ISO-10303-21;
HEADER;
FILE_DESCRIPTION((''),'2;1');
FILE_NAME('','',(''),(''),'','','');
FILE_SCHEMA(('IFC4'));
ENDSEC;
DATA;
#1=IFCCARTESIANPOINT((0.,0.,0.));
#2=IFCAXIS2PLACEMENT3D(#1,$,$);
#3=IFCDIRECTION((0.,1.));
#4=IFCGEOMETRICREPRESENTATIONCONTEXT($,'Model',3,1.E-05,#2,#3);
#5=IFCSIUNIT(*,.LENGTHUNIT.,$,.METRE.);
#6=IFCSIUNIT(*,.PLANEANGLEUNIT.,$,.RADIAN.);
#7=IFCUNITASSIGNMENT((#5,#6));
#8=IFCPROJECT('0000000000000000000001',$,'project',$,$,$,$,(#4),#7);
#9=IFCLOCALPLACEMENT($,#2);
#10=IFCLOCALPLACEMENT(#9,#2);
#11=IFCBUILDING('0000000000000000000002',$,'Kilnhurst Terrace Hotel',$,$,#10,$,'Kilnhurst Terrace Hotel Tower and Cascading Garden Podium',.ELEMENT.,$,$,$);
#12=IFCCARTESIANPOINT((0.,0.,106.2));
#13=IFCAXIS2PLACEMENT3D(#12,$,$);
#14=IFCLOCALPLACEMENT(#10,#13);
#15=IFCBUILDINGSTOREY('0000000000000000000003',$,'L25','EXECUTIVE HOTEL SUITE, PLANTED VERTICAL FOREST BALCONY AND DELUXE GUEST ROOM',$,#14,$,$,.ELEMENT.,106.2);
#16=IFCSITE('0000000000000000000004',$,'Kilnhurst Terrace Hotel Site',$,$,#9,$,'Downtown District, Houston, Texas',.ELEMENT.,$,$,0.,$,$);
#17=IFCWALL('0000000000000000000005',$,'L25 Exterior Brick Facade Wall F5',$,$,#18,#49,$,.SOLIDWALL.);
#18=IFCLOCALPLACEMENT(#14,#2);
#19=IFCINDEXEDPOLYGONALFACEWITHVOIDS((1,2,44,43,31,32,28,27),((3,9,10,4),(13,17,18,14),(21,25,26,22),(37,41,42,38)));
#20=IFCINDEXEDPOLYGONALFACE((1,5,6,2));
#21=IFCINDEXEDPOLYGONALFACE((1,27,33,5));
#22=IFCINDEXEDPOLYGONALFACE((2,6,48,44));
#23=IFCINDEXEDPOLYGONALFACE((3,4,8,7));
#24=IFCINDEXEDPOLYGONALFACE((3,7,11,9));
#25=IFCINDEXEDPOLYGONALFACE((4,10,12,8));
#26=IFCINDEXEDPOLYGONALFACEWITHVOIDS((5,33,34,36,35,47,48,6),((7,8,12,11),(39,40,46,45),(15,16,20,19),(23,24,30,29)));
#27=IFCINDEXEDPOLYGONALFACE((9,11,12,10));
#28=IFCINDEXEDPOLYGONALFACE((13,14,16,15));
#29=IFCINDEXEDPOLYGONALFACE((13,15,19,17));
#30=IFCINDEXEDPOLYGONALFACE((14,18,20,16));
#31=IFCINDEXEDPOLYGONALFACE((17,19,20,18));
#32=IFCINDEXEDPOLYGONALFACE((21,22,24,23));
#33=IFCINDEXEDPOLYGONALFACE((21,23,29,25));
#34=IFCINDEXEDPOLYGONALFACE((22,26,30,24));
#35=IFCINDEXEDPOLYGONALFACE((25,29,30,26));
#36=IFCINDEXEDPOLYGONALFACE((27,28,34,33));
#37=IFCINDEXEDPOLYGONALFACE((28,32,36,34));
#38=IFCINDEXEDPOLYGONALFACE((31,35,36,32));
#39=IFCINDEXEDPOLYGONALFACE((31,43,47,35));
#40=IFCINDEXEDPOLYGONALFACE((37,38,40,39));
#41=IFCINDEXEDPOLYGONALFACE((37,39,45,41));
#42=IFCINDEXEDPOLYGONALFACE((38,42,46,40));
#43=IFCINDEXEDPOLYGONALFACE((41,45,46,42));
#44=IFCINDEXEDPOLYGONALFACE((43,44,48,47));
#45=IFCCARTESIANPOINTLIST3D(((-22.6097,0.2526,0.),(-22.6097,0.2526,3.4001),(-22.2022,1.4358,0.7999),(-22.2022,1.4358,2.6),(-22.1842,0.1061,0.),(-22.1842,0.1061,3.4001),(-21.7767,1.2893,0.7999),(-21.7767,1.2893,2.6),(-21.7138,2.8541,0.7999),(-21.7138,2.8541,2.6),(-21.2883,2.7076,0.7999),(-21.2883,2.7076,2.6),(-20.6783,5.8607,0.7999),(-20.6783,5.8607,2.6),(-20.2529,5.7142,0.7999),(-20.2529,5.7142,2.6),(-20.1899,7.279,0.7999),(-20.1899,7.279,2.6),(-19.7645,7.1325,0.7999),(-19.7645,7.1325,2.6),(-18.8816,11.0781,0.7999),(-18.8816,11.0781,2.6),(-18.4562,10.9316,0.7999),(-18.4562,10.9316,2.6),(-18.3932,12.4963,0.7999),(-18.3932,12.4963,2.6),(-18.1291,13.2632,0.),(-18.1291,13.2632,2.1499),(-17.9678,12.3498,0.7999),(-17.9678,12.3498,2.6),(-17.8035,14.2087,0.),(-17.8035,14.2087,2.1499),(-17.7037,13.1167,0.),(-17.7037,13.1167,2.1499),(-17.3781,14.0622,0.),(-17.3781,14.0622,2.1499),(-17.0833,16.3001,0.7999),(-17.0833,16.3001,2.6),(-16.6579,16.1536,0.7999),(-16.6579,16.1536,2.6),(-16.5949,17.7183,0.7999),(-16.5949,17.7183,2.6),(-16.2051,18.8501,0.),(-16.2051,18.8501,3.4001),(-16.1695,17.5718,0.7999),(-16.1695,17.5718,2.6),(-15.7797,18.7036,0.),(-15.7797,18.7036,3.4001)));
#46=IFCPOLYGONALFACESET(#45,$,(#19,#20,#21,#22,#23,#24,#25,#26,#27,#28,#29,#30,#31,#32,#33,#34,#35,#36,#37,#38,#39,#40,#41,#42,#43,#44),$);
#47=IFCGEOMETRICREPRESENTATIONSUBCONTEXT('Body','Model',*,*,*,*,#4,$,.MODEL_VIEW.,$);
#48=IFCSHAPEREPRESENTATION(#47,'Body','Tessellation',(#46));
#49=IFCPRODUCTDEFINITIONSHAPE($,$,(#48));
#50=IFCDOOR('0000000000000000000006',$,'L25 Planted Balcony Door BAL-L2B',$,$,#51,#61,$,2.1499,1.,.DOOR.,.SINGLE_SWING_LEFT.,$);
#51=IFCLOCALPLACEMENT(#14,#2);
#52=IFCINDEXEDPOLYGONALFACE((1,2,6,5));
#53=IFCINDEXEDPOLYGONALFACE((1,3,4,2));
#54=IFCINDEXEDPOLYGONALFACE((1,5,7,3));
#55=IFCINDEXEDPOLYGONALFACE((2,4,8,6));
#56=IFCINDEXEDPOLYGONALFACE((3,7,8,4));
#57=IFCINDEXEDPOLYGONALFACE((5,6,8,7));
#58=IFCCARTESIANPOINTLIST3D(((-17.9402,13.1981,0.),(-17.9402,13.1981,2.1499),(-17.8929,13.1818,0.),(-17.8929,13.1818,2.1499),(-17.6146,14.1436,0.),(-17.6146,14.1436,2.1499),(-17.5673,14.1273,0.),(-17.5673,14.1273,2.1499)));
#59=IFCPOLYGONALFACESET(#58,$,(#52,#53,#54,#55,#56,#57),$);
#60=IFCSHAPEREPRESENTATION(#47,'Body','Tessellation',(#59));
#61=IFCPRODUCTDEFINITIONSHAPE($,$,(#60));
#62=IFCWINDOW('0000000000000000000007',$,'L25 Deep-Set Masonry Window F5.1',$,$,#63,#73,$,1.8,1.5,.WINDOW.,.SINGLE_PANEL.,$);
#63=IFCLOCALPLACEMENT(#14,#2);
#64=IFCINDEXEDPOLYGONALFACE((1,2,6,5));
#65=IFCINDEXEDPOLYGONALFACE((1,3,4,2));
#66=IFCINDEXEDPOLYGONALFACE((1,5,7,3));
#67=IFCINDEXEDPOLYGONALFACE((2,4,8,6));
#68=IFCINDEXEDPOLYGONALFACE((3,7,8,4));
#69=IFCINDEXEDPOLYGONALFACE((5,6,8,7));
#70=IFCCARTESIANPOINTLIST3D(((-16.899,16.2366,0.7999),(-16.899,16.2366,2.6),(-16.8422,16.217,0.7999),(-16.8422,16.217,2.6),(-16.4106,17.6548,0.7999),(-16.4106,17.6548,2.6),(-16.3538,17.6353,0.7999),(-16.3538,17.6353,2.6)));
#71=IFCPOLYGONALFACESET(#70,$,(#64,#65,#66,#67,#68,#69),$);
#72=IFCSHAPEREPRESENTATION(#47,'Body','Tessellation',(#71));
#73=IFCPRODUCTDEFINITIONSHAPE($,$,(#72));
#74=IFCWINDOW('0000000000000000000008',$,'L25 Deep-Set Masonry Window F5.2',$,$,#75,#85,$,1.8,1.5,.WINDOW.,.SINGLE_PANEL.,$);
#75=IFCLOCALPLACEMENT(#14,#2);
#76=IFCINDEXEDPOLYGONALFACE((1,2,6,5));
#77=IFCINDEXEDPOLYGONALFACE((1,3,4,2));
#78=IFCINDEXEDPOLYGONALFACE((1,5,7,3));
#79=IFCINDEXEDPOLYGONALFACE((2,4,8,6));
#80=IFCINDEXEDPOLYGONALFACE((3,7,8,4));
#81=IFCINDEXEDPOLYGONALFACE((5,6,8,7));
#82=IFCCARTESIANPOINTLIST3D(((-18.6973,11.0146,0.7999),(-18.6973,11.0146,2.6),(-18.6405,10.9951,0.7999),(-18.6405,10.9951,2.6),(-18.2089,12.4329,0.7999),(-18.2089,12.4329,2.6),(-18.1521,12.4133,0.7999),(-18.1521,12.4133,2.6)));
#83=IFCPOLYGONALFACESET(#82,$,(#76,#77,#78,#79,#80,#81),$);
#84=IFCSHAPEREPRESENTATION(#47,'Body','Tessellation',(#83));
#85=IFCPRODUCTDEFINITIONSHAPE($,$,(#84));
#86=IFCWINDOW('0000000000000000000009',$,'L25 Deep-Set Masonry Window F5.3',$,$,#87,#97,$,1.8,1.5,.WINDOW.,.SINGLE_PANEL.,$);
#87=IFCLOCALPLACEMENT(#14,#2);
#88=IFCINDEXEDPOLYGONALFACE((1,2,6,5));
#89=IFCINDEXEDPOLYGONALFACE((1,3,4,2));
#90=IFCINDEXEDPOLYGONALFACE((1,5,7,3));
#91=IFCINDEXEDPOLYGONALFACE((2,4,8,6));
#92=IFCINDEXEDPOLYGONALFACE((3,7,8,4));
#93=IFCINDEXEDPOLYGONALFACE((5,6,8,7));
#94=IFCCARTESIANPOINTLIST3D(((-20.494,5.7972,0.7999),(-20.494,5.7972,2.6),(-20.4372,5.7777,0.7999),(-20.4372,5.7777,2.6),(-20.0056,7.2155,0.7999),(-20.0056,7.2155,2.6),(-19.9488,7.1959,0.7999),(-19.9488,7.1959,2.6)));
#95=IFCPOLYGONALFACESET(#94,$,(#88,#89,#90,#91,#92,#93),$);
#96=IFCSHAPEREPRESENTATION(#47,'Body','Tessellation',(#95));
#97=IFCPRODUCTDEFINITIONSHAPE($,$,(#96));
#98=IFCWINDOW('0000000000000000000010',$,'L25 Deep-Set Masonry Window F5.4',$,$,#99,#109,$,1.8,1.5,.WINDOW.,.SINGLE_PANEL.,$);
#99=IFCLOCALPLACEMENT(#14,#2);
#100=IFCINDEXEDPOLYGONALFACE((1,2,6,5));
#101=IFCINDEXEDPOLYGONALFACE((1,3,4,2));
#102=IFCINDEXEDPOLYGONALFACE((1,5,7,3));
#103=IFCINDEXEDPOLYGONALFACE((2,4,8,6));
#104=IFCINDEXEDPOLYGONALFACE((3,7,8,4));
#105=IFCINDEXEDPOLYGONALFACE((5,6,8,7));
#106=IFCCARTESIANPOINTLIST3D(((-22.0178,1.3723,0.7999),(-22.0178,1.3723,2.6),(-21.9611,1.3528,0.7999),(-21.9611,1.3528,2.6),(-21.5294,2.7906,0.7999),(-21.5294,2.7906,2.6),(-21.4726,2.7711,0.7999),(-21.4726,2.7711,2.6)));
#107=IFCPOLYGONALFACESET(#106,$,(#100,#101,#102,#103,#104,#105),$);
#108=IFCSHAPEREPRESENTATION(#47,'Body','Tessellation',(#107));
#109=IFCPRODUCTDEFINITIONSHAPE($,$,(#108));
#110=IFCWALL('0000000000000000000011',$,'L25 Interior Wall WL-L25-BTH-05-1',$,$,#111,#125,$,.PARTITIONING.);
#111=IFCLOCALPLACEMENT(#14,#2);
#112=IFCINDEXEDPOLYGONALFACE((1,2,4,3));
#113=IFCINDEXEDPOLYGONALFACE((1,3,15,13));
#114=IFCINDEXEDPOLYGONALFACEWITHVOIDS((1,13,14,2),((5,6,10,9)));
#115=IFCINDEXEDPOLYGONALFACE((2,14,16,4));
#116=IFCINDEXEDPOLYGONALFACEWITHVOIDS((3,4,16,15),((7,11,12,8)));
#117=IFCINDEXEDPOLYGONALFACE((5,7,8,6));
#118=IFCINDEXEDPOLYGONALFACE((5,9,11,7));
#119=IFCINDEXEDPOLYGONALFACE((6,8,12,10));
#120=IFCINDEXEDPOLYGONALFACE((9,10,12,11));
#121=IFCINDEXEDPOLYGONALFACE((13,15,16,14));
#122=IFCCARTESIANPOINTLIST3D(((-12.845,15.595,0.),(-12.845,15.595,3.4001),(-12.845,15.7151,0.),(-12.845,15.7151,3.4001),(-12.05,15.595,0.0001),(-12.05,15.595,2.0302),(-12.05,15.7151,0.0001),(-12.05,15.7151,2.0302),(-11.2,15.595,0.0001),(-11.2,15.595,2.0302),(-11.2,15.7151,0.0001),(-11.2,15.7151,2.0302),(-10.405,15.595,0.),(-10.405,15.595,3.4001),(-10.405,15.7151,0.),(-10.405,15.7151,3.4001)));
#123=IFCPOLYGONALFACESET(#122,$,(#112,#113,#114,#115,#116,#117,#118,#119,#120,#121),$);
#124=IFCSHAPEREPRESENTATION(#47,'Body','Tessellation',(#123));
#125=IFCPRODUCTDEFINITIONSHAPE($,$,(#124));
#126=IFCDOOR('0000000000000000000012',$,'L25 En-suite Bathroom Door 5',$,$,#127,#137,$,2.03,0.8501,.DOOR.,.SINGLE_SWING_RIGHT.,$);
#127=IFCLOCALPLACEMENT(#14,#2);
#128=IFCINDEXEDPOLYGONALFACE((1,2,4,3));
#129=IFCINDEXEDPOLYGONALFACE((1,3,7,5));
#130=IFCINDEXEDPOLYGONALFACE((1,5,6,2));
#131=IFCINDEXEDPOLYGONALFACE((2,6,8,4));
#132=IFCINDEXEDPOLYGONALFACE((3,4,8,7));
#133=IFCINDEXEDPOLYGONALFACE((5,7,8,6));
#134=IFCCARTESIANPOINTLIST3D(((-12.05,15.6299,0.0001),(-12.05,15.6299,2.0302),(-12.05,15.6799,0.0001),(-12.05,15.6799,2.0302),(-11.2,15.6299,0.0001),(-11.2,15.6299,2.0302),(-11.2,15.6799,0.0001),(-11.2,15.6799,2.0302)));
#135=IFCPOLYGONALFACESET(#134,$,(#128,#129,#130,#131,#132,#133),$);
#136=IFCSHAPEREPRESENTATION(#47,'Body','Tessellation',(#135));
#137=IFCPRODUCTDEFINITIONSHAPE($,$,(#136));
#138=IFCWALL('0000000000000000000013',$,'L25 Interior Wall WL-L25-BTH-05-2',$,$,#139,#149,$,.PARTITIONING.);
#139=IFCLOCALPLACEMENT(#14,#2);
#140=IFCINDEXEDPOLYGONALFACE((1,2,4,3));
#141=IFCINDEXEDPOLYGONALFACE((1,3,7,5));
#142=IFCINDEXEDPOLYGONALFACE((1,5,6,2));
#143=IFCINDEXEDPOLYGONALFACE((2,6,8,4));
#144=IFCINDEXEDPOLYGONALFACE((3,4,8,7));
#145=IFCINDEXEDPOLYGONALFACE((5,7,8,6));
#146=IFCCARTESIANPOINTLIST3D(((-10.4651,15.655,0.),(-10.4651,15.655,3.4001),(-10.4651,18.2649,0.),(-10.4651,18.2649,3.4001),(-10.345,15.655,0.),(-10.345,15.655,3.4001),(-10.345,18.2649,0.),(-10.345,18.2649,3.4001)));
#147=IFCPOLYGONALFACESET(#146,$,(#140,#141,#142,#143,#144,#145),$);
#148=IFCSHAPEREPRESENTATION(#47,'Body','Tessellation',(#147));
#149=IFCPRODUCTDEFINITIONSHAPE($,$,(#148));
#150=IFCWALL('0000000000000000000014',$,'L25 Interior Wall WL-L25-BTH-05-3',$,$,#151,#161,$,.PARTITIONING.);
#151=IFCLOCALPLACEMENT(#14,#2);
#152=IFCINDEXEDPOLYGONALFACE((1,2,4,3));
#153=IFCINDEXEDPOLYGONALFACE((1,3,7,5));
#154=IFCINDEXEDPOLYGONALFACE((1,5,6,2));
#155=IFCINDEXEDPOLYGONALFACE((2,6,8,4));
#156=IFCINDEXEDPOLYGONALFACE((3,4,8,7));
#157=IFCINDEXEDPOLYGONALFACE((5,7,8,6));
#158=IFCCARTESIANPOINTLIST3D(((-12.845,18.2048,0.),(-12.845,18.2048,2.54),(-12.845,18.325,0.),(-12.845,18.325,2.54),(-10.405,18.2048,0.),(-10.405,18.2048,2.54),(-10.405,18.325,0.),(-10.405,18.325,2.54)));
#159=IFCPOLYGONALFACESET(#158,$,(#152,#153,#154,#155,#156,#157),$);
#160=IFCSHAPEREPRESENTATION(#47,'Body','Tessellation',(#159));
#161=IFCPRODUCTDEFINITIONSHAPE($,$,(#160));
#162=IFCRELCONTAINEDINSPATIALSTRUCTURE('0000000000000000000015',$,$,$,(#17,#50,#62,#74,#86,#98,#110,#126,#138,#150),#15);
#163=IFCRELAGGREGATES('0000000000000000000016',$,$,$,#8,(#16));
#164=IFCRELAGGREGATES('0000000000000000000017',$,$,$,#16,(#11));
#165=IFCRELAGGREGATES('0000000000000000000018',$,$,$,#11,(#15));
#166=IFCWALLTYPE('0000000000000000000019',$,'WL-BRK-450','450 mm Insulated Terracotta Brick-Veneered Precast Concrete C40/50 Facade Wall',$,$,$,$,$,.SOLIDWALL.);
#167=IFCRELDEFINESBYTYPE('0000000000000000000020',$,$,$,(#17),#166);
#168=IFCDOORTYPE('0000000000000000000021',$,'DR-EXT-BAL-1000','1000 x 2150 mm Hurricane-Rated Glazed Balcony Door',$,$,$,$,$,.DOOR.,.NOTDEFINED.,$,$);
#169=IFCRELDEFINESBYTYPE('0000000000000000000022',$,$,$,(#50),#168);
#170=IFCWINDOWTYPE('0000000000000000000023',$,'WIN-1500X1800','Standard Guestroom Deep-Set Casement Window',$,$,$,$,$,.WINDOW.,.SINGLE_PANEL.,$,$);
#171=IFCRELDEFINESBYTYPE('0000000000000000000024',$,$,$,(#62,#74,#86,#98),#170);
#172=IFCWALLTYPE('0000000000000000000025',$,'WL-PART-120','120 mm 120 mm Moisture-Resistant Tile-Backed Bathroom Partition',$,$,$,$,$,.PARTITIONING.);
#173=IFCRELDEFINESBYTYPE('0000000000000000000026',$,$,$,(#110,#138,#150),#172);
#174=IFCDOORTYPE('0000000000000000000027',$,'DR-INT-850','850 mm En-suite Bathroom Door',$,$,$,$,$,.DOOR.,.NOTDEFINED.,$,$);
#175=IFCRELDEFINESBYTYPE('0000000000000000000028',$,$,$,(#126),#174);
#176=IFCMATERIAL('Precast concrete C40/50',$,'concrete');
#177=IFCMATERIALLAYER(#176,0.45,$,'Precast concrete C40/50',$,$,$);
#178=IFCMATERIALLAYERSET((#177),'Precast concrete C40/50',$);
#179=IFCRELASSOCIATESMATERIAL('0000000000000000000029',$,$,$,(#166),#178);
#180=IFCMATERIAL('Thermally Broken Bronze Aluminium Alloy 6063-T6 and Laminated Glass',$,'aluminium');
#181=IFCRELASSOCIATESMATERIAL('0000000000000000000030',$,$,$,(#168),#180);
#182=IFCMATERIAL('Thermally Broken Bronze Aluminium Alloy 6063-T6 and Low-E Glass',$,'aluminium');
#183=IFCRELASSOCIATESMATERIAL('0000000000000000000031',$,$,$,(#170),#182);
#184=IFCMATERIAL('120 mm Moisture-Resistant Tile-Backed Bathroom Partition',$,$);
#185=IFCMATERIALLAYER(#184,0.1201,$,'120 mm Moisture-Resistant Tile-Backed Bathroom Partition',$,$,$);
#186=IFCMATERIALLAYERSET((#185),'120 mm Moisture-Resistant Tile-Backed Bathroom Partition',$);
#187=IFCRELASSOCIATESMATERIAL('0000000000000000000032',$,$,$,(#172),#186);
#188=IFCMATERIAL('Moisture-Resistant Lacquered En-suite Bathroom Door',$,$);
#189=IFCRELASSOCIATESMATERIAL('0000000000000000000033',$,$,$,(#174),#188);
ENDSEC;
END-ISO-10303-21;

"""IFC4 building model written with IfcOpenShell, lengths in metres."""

from ifc_helpers import new_model, si_unit, direction, frame, frame_2d, origin, place, context, subcontext, project, spatial, rectangle, extrude, material, layer, layer_set, type_object, element, fill, save


model = new_model("IFC4")

# Units and contexts
model_context = context("Model", 3, precision=1e-05, world=origin(), true_north=direction((0.0, 1.0)))
body_context = subcontext(model_context, "Body", "Model", "MODEL_VIEW")
ifc_project = project(units=[si_unit("LENGTHUNIT", "METRE"), si_unit("PLANEANGLEUNIT", "RADIAN")], contexts=[model_context])

# Site, building, storey
site_placement = place(None, origin())
site = spatial("IfcSite", under=ifc_project, at=site_placement, Name="Kilnhurst Terrace Hotel Site", LongName="Downtown District, Houston, Texas", CompositionType="ELEMENT", RefElevation=0.0)
building_placement = place(site_placement, origin())
building = spatial("IfcBuilding", under=site, at=building_placement, Name="Kilnhurst Terrace Hotel", LongName="Kilnhurst Terrace Hotel Tower and Cascading Garden Podium", CompositionType="ELEMENT")
storey_placement = place(building_placement, frame((0.0, 0.0, 106.2)))
storey = spatial("IfcBuildingStorey", under=building, at=storey_placement, Name="L25", Description="EXECUTIVE HOTEL SUITE, PLANTED VERTICAL FOREST BALCONY AND DELUXE GUEST ROOM", CompositionType="ELEMENT", Elevation=106.2)

# Shared definitions
ifc_material_1 = material(Name="Precast concrete C40/50", Category="concrete")
ifc_layer_1 = layer(ifc_material_1, 0.45, Name="Precast concrete C40/50")
ifc_layer_set_1 = layer_set([ifc_layer_1], Name="Precast concrete C40/50")
wall_type_1 = type_object("IfcWallType", Name="WL-BRK-450", Description="450 mm Insulated Terracotta Brick-Veneered Precast Concrete C40/50 Facade Wall", PredefinedType="SOLIDWALL", material=ifc_layer_set_1)

# Wall, openings, door, windows
wall_1_placement = place(storey_placement, frame((-15.9924, 18.7769, 0.0), z_axis=(0.0, 0.0, 1.0), x_axis=(-0.325607, -0.945505, 0.0)))
wall_1 = element("IfcWall", 1, at=wall_1_placement, inside=storey, type_object=wall_type_1, Name="L25 Exterior Brick Facade Wall F5", PredefinedType="SOLIDWALL", context=body_context, shape_type="SweptSolid", body=[
    extrude(rectangle(XDim=19.6694, YDim=0.45, at=frame_2d((9.8347, 0.0))), origin(), (0.0, 0.0, 1.0), 3.4001),
])
opening_1_placement = place(wall_1_placement, frame((4.9089, 0.0, 0.0)))
opening_1 = element("IfcOpeningElement", 2, at=opening_1_placement, cuts=wall_1, PredefinedType="OPENING", context=body_context, shape_type="SweptSolid", body=[
    extrude(rectangle(XDim=1.0, YDim=2.1499, at=frame_2d((0.5, 1.075))), frame((0.0, 0.2349, 0.0), z_axis=(0.0, -1.0, 0.0), x_axis=(1.0, 0.0, 0.0)), (0.0, 0.0, 1.0), 0.47),
])
opening_2_placement = place(wall_1_placement, frame((1.197, 0.0, 0.8)))
opening_2 = element("IfcOpeningElement", 3, at=opening_2_placement, cuts=wall_1, PredefinedType="OPENING", context=body_context, shape_type="SweptSolid", body=[
    extrude(rectangle(XDim=1.5, YDim=1.8, at=frame_2d((0.75, 0.8999))), frame((0.0, 0.2349, 0.0), z_axis=(0.0, -1.0, 0.0), x_axis=(1.0, 0.0, 0.0)), (0.0, 0.0, 1.0), 0.47),
])
opening_3_placement = place(wall_1_placement, frame((6.72, 0.0, 0.8)))
opening_3 = element("IfcOpeningElement", 4, at=opening_3_placement, cuts=wall_1, PredefinedType="OPENING", context=body_context, shape_type="SweptSolid", body=[
    extrude(rectangle(XDim=1.5, YDim=1.8, at=frame_2d((0.75, 0.8999))), frame((0.0, 0.2349, 0.0), z_axis=(0.0, -1.0, 0.0), x_axis=(1.0, 0.0, 0.0)), (0.0, 0.0, 1.0), 0.47),
])
opening_4_placement = place(wall_1_placement, frame((12.238, 0.0, 0.8)))
opening_4 = element("IfcOpeningElement", 5, at=opening_4_placement, cuts=wall_1, PredefinedType="OPENING", context=body_context, shape_type="SweptSolid", body=[
    extrude(rectangle(XDim=1.5, YDim=1.8, at=frame_2d((0.75, 0.8999))), frame((0.0, 0.2349, 0.0), z_axis=(0.0, -1.0, 0.0), x_axis=(1.0, 0.0, 0.0)), (0.0, 0.0, 1.0), 0.47),
])
opening_5_placement = place(wall_1_placement, frame((16.918, 0.0, 0.8)))
opening_5 = element("IfcOpeningElement", 6, at=opening_5_placement, cuts=wall_1, PredefinedType="OPENING", context=body_context, shape_type="SweptSolid", body=[
    extrude(rectangle(XDim=1.5, YDim=1.8, at=frame_2d((0.75, 0.8999))), frame((0.0, 0.2349, 0.0), z_axis=(0.0, -1.0, 0.0), x_axis=(1.0, 0.0, 0.0)), (0.0, 0.0, 1.0), 0.47),
])
ifc_material_2 = material(Name="Thermally Broken Bronze Aluminium Alloy 6063-T6 and Laminated Glass", Category="aluminium")
door_type_1 = type_object("IfcDoorType", Name="DR-EXT-BAL-1000", Description="1000 x 2150 mm Hurricane-Rated Glazed Balcony Door", OperationType="NOTDEFINED", PredefinedType="DOOR", material=ifc_material_2)
door_1_placement = place(opening_1_placement, origin())
door_1 = element("IfcDoor", 7, at=door_1_placement, inside=storey, type_object=door_type_1, Name="L25 Planted Balcony Door BAL-L2B", OperationType="SINGLE_SWING_LEFT", OverallHeight=2.1499, OverallWidth=1.0, PredefinedType="DOOR", context=body_context, shape_type="SweptSolid", body=[
    extrude(rectangle(XDim=1.0, YDim=2.1499, at=frame_2d((0.5, 1.075))), frame((0.0, 0.0249, 0.0), z_axis=(0.0, -1.0, 0.0), x_axis=(1.0, 0.0, 0.0)), (0.0, 0.0, 1.0), 0.05),
])
fill(opening_1, door_1)
ifc_material_3 = material(Name="Thermally Broken Bronze Aluminium Alloy 6063-T6 and Low-E Glass", Category="aluminium")
window_type = type_object("IfcWindowType", Name="WIN-1500X1800", Description="Standard Guestroom Deep-Set Casement Window", PartitioningType="SINGLE_PANEL", PredefinedType="WINDOW", material=ifc_material_3)
window_1_placement = place(opening_2_placement, origin())
window_1 = element("IfcWindow", 8, at=window_1_placement, inside=storey, type_object=window_type, Name="L25 Deep-Set Masonry Window F5.1", OverallHeight=1.8, OverallWidth=1.5, PartitioningType="SINGLE_PANEL", PredefinedType="WINDOW", context=body_context, shape_type="SweptSolid", body=[
    extrude(rectangle(XDim=1.5, YDim=1.8, at=frame_2d((0.75, 0.8999))), frame((0.0, 0.03, 0.0), z_axis=(0.0, -1.0, 0.0), x_axis=(1.0, 0.0, 0.0)), (0.0, 0.0, 1.0), 0.0601),
])
fill(opening_2, window_1)
window_2_placement = place(opening_3_placement, origin())
window_2 = element("IfcWindow", 9, at=window_2_placement, inside=storey, type_object=window_type, Name="L25 Deep-Set Masonry Window F5.2", OverallHeight=1.8, OverallWidth=1.5, PartitioningType="SINGLE_PANEL", PredefinedType="WINDOW", context=body_context, shape_type="SweptSolid", body=[
    extrude(rectangle(XDim=1.5, YDim=1.8, at=frame_2d((0.75, 0.8999))), frame((0.0, 0.03, 0.0), z_axis=(0.0, -1.0, 0.0), x_axis=(1.0, 0.0, 0.0)), (0.0, 0.0, 1.0), 0.0601),
])
fill(opening_3, window_2)
window_3_placement = place(opening_4_placement, origin())
window_3 = element("IfcWindow", 10, at=window_3_placement, inside=storey, type_object=window_type, Name="L25 Deep-Set Masonry Window F5.3", OverallHeight=1.8, OverallWidth=1.5, PartitioningType="SINGLE_PANEL", PredefinedType="WINDOW", context=body_context, shape_type="SweptSolid", body=[
    extrude(rectangle(XDim=1.5, YDim=1.8, at=frame_2d((0.75, 0.8999))), frame((0.0, 0.03, 0.0), z_axis=(0.0, -1.0, 0.0), x_axis=(1.0, 0.0, 0.0)), (0.0, 0.0, 1.0), 0.0601),
])
fill(opening_4, window_3)
window_4_placement = place(opening_5_placement, origin())
window_4 = element("IfcWindow", 11, at=window_4_placement, inside=storey, type_object=window_type, Name="L25 Deep-Set Masonry Window F5.4", OverallHeight=1.8, OverallWidth=1.5, PartitioningType="SINGLE_PANEL", PredefinedType="WINDOW", context=body_context, shape_type="SweptSolid", body=[
    extrude(rectangle(XDim=1.5, YDim=1.8, at=frame_2d((0.75, 0.8999))), frame((0.0, 0.03, 0.0), z_axis=(0.0, -1.0, 0.0), x_axis=(1.0, 0.0, 0.0)), (0.0, 0.0, 1.0), 0.0601),
])
fill(opening_5, window_4)

# Wall, opening, door
ifc_material_4 = material(Name="120 mm Moisture-Resistant Tile-Backed Bathroom Partition")
ifc_layer_2 = layer(ifc_material_4, 0.1201, Name="120 mm Moisture-Resistant Tile-Backed Bathroom Partition")
ifc_layer_set_2 = layer_set([ifc_layer_2], Name="120 mm Moisture-Resistant Tile-Backed Bathroom Partition")
wall_type_2 = type_object("IfcWallType", Name="WL-PART-120", Description="120 mm 120 mm Moisture-Resistant Tile-Backed Bathroom Partition", PredefinedType="PARTITIONING", material=ifc_layer_set_2)
wall_2_placement = place(storey_placement, frame((-12.845, 15.655, 0.0), z_axis=(0.0, 0.0, 1.0), x_axis=(1.0, 0.0, 0.0)))
wall_2 = element("IfcWall", 12, at=wall_2_placement, inside=storey, type_object=wall_type_2, Name="L25 Interior Wall WL-L25-BTH-05-1", PredefinedType="PARTITIONING", context=body_context, shape_type="SweptSolid", body=[
    extrude(rectangle(XDim=2.4399, YDim=0.1201, at=frame_2d((1.22, 0.0))), origin(), (0.0, 0.0, 1.0), 3.4001),
])
opening_6_placement = place(wall_2_placement, frame((0.7949, 0.0, 0.0)))
opening_6 = element("IfcOpeningElement", 13, at=opening_6_placement, cuts=wall_2, PredefinedType="OPENING", context=body_context, shape_type="SweptSolid", body=[
    extrude(rectangle(XDim=0.8501, YDim=2.03, at=frame_2d((0.425, 1.0151))), frame((0.0, 0.0701, 0.0), z_axis=(0.0, -1.0, 0.0), x_axis=(1.0, 0.0, 0.0)), (0.0, 0.0, 1.0), 0.1401),
])
ifc_material_5 = material(Name="Moisture-Resistant Lacquered En-suite Bathroom Door")
door_type_2 = type_object("IfcDoorType", Name="DR-INT-850", Description="850 mm En-suite Bathroom Door", OperationType="NOTDEFINED", PredefinedType="DOOR", material=ifc_material_5)
door_2_placement = place(opening_6_placement, origin())
door_2 = element("IfcDoor", 14, at=door_2_placement, inside=storey, type_object=door_type_2, Name="L25 En-suite Bathroom Door 5", OperationType="SINGLE_SWING_RIGHT", OverallHeight=2.03, OverallWidth=0.8501, PredefinedType="DOOR", context=body_context, shape_type="SweptSolid", body=[
    extrude(rectangle(XDim=0.8501, YDim=2.03, at=frame_2d((0.425, 1.0151))), frame((0.0, 0.0249, 0.0), z_axis=(0.0, -1.0, 0.0), x_axis=(1.0, 0.0, 0.0)), (0.0, 0.0, 1.0), 0.05),
])
fill(opening_6, door_2)

# Walls
wall_3_placement = place(storey_placement, frame((-10.405, 15.655, 0.0), z_axis=(0.0, 0.0, 1.0), x_axis=(0.0, 1.0, 0.0)))
element("IfcWall", 15, at=wall_3_placement, inside=storey, type_object=wall_type_2, Name="L25 Interior Wall WL-L25-BTH-05-2", PredefinedType="PARTITIONING", context=body_context, shape_type="SweptSolid", body=[
    extrude(rectangle(XDim=2.6099, YDim=0.1201, at=frame_2d((1.3049, 0.0))), origin(), (0.0, 0.0, 1.0), 3.4001),
])
wall_4_placement = place(storey_placement, frame((-10.405, 18.2649, 0.0), z_axis=(0.0, 0.0, 1.0), x_axis=(-1.0, 0.0, 0.0)))
element("IfcWall", 16, at=wall_4_placement, inside=storey, type_object=wall_type_2, Name="L25 Interior Wall WL-L25-BTH-05-3", PredefinedType="PARTITIONING", context=body_context, shape_type="SweptSolid", body=[
    extrude(rectangle(XDim=2.4399, YDim=0.1201, at=frame_2d((1.22, 0.0))), origin(), (0.0, 0.0, 1.0), 2.54),
])

save(model, "model.ifc")
